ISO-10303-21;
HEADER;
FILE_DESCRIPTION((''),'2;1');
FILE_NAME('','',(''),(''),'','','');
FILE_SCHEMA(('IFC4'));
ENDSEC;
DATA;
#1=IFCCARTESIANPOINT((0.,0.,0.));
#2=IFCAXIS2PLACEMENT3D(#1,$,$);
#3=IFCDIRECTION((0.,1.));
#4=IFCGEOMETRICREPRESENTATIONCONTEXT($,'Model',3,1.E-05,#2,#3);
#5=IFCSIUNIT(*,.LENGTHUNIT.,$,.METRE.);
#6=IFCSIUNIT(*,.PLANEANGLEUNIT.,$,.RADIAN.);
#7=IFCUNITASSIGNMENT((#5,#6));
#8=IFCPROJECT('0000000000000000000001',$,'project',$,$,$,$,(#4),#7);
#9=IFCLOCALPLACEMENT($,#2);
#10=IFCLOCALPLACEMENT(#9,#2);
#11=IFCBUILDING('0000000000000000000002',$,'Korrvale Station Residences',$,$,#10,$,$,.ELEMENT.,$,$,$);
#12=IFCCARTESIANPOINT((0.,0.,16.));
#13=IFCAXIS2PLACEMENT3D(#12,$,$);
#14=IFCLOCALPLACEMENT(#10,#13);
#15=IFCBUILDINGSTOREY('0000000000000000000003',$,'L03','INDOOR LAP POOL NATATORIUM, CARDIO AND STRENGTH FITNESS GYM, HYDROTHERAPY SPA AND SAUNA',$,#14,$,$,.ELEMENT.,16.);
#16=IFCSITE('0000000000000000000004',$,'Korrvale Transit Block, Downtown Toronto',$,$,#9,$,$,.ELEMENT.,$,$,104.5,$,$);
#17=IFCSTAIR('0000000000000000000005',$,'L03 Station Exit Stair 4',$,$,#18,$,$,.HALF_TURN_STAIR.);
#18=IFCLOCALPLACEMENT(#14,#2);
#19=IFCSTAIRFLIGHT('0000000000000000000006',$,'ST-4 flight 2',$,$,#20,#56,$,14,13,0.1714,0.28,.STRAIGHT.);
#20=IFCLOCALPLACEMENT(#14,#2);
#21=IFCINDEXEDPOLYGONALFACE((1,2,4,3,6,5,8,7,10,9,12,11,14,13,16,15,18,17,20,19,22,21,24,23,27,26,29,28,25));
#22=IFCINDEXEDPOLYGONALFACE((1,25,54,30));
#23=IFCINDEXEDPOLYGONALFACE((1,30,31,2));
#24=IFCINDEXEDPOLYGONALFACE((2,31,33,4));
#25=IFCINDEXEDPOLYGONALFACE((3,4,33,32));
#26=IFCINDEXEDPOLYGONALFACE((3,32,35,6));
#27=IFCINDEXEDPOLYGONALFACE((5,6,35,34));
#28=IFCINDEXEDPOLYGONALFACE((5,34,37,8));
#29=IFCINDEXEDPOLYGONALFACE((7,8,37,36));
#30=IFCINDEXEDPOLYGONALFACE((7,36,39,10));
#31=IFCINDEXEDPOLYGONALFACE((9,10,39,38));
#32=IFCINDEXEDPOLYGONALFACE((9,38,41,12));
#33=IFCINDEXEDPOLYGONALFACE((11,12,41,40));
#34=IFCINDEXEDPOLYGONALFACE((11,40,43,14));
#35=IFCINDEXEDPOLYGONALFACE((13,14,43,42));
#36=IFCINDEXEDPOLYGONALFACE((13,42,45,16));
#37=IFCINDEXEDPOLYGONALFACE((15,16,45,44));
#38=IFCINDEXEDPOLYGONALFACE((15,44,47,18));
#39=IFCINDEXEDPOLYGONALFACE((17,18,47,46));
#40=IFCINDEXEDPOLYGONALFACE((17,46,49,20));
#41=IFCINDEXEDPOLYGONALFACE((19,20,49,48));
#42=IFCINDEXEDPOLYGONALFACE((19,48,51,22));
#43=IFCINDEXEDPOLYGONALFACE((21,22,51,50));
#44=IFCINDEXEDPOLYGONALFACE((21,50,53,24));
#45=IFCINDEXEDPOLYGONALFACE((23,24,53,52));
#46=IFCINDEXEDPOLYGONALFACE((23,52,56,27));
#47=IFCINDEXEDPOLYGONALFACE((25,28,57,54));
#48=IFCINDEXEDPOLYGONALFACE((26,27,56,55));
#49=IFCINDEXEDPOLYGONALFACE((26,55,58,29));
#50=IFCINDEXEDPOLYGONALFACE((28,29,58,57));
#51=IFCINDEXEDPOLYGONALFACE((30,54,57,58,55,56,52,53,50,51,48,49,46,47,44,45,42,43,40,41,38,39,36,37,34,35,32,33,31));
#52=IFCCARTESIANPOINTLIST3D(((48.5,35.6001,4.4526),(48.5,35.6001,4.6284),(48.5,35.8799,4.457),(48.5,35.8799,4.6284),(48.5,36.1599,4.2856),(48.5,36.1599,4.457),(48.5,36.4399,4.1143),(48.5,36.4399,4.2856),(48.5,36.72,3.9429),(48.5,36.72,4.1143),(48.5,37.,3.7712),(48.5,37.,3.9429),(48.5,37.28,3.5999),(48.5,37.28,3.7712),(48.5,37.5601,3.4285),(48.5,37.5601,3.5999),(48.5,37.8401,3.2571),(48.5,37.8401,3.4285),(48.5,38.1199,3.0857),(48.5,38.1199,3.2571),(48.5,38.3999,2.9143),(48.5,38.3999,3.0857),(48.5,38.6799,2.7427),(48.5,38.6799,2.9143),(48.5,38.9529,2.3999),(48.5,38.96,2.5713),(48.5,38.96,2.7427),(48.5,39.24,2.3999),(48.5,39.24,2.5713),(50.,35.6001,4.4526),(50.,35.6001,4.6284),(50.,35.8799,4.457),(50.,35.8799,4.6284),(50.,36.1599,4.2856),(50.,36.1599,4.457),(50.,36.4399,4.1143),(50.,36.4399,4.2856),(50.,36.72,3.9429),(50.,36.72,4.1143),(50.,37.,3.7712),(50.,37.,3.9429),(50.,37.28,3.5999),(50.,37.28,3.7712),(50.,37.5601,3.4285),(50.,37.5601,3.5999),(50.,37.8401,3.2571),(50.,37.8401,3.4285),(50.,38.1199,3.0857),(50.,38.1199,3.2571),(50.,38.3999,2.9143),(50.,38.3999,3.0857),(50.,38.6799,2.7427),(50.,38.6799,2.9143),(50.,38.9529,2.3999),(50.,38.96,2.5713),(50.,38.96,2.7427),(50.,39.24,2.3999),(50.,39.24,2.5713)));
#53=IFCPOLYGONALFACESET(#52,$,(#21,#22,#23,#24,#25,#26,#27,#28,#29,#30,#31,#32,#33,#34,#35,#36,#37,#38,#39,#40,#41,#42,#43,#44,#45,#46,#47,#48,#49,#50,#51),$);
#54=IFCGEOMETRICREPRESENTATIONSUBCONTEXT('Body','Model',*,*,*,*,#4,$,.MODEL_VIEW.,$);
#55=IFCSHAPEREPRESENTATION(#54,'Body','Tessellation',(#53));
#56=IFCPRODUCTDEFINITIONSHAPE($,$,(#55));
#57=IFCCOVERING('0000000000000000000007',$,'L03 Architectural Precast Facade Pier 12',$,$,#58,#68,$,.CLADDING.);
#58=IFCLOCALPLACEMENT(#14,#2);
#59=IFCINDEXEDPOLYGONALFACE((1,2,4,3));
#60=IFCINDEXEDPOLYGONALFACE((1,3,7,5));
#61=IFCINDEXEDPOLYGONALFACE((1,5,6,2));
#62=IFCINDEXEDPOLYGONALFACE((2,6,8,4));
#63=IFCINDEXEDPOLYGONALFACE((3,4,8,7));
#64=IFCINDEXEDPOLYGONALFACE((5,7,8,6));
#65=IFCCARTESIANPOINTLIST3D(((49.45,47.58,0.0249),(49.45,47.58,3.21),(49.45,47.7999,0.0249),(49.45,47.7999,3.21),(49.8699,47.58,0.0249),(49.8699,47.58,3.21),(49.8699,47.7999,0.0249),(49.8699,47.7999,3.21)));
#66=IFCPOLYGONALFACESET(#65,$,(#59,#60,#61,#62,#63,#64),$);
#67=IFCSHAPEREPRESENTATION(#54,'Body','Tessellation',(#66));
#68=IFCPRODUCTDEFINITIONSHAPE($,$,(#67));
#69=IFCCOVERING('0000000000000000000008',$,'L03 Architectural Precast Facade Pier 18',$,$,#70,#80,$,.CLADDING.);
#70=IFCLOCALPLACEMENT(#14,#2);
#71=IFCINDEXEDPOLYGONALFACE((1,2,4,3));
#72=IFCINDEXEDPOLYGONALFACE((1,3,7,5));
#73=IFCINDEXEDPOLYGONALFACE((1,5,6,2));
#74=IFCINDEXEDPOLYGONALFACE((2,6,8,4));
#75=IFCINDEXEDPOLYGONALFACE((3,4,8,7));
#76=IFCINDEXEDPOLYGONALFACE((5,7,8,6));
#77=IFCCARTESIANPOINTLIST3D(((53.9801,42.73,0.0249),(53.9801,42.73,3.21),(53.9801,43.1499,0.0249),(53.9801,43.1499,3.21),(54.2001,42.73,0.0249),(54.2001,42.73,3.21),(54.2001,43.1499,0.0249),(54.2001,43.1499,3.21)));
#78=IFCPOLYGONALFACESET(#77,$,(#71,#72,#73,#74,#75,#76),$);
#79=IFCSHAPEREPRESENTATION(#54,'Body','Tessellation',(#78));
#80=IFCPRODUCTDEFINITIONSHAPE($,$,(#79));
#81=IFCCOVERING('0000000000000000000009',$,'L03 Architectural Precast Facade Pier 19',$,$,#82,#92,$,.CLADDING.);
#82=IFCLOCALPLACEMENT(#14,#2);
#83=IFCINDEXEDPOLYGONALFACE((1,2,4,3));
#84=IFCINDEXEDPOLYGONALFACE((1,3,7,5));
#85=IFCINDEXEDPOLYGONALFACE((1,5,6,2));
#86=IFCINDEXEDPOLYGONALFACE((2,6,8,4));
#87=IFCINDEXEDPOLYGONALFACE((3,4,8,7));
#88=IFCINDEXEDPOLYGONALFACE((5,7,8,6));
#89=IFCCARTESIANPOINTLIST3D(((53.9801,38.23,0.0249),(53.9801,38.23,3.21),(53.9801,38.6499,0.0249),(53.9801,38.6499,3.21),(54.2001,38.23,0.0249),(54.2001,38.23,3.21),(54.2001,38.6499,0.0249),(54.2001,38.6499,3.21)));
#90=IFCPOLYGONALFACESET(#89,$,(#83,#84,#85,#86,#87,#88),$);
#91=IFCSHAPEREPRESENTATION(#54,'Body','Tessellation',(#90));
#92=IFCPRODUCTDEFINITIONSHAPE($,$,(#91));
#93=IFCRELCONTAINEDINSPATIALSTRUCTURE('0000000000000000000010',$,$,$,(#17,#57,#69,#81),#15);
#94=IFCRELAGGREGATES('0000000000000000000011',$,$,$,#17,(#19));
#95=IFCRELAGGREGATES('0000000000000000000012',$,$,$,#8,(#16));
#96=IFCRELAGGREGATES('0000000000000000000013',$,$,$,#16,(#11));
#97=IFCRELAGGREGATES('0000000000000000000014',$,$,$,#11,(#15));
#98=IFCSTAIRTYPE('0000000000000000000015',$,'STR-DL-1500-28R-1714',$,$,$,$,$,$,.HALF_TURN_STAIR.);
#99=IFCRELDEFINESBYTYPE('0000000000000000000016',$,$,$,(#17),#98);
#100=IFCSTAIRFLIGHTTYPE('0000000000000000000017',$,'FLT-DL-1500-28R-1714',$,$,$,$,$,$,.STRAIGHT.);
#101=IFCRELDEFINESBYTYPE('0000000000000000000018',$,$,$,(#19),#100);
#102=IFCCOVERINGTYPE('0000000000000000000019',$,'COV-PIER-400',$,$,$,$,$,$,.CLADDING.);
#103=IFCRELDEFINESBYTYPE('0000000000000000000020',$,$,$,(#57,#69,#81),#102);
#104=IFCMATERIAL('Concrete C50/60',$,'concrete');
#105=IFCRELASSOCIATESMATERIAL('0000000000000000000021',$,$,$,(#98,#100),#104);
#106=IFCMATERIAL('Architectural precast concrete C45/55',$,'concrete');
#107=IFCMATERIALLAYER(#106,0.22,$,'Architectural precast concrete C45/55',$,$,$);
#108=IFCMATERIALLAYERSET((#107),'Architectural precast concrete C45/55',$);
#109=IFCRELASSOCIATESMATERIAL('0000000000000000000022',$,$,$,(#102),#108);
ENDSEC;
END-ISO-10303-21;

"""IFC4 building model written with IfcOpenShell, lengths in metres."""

from ifc_helpers import new_model, si_unit, direction, frame, origin, origin_2d, place, context, subcontext, project, spatial, polyline, rectangle, outline, extrude, material, layer, layer_set, type_object, element, aggregate, save


model = new_model("IFC4")

# Units and contexts
model_context = context("Model", 3, precision=1e-05, world=origin(), true_north=direction((0.0, 1.0)))
body_context = subcontext(model_context, "Body", "Model", "MODEL_VIEW")
ifc_project = project(units=[si_unit("LENGTHUNIT", "METRE"), si_unit("PLANEANGLEUNIT", "RADIAN")], contexts=[model_context])

# Site, building, storey
site_placement = place(None, origin())
site = spatial("IfcSite", under=ifc_project, at=site_placement, Name="Korrvale Transit Block, Downtown Toronto", CompositionType="ELEMENT", RefElevation=104.5)
building_placement = place(site_placement, origin())
building = spatial("IfcBuilding", under=site, at=building_placement, Name="Korrvale Station Residences", CompositionType="ELEMENT")
storey_placement = place(building_placement, frame((0.0, 0.0, 16.0)))
storey = spatial("IfcBuildingStorey", under=building, at=storey_placement, Name="L03", Description="INDOOR LAP POOL NATATORIUM, CARDIO AND STRENGTH FITNESS GYM, HYDROTHERAPY SPA AND SAUNA", CompositionType="ELEMENT", Elevation=16.0)

# Stair, stair flight
ifc_material_1 = material(Name="Concrete C50/60", Category="concrete")
stair_type = type_object("IfcStairType", Name="STR-DL-1500-28R-1714", PredefinedType="HALF_TURN_STAIR", material=ifc_material_1)
stair_placement = place(storey_placement, origin())
stair = element("IfcStair", 1, at=stair_placement, inside=storey, type_object=stair_type, Name="L03 Station Exit Stair 4", PredefinedType="HALF_TURN_STAIR")
stair_flight_type = type_object("IfcStairFlightType", Name="FLT-DL-1500-28R-1714", PredefinedType="STRAIGHT", material=ifc_material_1)
stair_flight_1_placement = place(storey_placement, frame((49.25, 39.24, 2.3999), z_axis=(0.0, 0.0, 1.0), x_axis=(0.0, -1.0, 0.0)))
stair_flight_1 = element("IfcStairFlight", 2, at=stair_flight_1_placement, type_object=stair_flight_type, Name="ST-4 flight 2", NumberOfRisers=14, NumberOfTreads=13, PredefinedType="STRAIGHT", RiserHeight=0.1714, TreadLength=0.28, context=body_context, shape_type="SweptSolid", body=[
    extrude(outline(polyline([(0.0, 0.0), (0.0, 0.1714), (0.28, 0.1714), (0.28, 0.3428), (0.5601, 0.3428), (0.5601, 0.5144), (0.8401, 0.5144), (0.8401, 0.6858), (1.1201, 0.6858), (1.1201, 0.8572), (1.3999, 0.8572), (1.3999, 1.0286), (1.6799, 1.0286), (1.6799, 1.2), (1.96, 1.2), (1.96, 1.3713), (2.24, 1.3713), (2.24, 1.543), (2.52, 1.543), (2.52, 1.7144), (2.8, 1.7144), (2.8, 1.8857), (3.0801, 1.8857), (3.0801, 2.0571), (3.3601, 2.0571), (3.3601, 2.2285), (3.6399, 2.2285), (3.6399, 2.3999), (3.6399, 2.0527), (0.2871, 0.0), (0.0, 0.0)])), frame((0.0, 0.75, 0.0), z_axis=(0.0, -1.0, 0.0), x_axis=(1.0, 0.0, 0.0)), (0.0, 0.0, 1.0), 1.5),
])
aggregate(stair, [stair_flight_1])

# Coverings
ifc_material_2 = material(Name="Architectural precast concrete C45/55", Category="concrete")
ifc_layer_1 = layer(ifc_material_2, 0.22, Name="Architectural precast concrete C45/55")
ifc_layer_set_1 = layer_set([ifc_layer_1], Name="Architectural precast concrete C45/55")
covering_type = type_object("IfcCoveringType", Name="COV-PIER-400", PredefinedType="CLADDING", material=ifc_layer_set_1)
for number, where, z_axis, x_axis, name in (
    (3, (49.6599, 47.6899, 0.0249), (0.0, 0.0, 1.0), (1.0, 0.0, 0.0), "L03 Architectural Precast Facade Pier 12"),
    (4, (54.0901, 42.9399, 0.0249), (0.0, 0.0, 1.0), (0.0, 1.0, 0.0), "L03 Architectural Precast Facade Pier 18"),
    (5, (54.0901, 38.4399, 0.0249), (0.0, 0.0, 1.0), (0.0, 1.0, 0.0), "L03 Architectural Precast Facade Pier 19"),
):
    element("IfcCovering", number, at=place(storey_placement, frame(where, z_axis=z_axis, x_axis=x_axis)), inside=storey, type_object=covering_type, Name=name, PredefinedType="CLADDING", context=body_context, shape_type="SweptSolid", body=[
        extrude(rectangle(XDim=0.4199, YDim=0.22, at=origin_2d()), origin(), (0.0, 0.0, 1.0), 3.1851),
    ])

save(model, "model.ifc")
